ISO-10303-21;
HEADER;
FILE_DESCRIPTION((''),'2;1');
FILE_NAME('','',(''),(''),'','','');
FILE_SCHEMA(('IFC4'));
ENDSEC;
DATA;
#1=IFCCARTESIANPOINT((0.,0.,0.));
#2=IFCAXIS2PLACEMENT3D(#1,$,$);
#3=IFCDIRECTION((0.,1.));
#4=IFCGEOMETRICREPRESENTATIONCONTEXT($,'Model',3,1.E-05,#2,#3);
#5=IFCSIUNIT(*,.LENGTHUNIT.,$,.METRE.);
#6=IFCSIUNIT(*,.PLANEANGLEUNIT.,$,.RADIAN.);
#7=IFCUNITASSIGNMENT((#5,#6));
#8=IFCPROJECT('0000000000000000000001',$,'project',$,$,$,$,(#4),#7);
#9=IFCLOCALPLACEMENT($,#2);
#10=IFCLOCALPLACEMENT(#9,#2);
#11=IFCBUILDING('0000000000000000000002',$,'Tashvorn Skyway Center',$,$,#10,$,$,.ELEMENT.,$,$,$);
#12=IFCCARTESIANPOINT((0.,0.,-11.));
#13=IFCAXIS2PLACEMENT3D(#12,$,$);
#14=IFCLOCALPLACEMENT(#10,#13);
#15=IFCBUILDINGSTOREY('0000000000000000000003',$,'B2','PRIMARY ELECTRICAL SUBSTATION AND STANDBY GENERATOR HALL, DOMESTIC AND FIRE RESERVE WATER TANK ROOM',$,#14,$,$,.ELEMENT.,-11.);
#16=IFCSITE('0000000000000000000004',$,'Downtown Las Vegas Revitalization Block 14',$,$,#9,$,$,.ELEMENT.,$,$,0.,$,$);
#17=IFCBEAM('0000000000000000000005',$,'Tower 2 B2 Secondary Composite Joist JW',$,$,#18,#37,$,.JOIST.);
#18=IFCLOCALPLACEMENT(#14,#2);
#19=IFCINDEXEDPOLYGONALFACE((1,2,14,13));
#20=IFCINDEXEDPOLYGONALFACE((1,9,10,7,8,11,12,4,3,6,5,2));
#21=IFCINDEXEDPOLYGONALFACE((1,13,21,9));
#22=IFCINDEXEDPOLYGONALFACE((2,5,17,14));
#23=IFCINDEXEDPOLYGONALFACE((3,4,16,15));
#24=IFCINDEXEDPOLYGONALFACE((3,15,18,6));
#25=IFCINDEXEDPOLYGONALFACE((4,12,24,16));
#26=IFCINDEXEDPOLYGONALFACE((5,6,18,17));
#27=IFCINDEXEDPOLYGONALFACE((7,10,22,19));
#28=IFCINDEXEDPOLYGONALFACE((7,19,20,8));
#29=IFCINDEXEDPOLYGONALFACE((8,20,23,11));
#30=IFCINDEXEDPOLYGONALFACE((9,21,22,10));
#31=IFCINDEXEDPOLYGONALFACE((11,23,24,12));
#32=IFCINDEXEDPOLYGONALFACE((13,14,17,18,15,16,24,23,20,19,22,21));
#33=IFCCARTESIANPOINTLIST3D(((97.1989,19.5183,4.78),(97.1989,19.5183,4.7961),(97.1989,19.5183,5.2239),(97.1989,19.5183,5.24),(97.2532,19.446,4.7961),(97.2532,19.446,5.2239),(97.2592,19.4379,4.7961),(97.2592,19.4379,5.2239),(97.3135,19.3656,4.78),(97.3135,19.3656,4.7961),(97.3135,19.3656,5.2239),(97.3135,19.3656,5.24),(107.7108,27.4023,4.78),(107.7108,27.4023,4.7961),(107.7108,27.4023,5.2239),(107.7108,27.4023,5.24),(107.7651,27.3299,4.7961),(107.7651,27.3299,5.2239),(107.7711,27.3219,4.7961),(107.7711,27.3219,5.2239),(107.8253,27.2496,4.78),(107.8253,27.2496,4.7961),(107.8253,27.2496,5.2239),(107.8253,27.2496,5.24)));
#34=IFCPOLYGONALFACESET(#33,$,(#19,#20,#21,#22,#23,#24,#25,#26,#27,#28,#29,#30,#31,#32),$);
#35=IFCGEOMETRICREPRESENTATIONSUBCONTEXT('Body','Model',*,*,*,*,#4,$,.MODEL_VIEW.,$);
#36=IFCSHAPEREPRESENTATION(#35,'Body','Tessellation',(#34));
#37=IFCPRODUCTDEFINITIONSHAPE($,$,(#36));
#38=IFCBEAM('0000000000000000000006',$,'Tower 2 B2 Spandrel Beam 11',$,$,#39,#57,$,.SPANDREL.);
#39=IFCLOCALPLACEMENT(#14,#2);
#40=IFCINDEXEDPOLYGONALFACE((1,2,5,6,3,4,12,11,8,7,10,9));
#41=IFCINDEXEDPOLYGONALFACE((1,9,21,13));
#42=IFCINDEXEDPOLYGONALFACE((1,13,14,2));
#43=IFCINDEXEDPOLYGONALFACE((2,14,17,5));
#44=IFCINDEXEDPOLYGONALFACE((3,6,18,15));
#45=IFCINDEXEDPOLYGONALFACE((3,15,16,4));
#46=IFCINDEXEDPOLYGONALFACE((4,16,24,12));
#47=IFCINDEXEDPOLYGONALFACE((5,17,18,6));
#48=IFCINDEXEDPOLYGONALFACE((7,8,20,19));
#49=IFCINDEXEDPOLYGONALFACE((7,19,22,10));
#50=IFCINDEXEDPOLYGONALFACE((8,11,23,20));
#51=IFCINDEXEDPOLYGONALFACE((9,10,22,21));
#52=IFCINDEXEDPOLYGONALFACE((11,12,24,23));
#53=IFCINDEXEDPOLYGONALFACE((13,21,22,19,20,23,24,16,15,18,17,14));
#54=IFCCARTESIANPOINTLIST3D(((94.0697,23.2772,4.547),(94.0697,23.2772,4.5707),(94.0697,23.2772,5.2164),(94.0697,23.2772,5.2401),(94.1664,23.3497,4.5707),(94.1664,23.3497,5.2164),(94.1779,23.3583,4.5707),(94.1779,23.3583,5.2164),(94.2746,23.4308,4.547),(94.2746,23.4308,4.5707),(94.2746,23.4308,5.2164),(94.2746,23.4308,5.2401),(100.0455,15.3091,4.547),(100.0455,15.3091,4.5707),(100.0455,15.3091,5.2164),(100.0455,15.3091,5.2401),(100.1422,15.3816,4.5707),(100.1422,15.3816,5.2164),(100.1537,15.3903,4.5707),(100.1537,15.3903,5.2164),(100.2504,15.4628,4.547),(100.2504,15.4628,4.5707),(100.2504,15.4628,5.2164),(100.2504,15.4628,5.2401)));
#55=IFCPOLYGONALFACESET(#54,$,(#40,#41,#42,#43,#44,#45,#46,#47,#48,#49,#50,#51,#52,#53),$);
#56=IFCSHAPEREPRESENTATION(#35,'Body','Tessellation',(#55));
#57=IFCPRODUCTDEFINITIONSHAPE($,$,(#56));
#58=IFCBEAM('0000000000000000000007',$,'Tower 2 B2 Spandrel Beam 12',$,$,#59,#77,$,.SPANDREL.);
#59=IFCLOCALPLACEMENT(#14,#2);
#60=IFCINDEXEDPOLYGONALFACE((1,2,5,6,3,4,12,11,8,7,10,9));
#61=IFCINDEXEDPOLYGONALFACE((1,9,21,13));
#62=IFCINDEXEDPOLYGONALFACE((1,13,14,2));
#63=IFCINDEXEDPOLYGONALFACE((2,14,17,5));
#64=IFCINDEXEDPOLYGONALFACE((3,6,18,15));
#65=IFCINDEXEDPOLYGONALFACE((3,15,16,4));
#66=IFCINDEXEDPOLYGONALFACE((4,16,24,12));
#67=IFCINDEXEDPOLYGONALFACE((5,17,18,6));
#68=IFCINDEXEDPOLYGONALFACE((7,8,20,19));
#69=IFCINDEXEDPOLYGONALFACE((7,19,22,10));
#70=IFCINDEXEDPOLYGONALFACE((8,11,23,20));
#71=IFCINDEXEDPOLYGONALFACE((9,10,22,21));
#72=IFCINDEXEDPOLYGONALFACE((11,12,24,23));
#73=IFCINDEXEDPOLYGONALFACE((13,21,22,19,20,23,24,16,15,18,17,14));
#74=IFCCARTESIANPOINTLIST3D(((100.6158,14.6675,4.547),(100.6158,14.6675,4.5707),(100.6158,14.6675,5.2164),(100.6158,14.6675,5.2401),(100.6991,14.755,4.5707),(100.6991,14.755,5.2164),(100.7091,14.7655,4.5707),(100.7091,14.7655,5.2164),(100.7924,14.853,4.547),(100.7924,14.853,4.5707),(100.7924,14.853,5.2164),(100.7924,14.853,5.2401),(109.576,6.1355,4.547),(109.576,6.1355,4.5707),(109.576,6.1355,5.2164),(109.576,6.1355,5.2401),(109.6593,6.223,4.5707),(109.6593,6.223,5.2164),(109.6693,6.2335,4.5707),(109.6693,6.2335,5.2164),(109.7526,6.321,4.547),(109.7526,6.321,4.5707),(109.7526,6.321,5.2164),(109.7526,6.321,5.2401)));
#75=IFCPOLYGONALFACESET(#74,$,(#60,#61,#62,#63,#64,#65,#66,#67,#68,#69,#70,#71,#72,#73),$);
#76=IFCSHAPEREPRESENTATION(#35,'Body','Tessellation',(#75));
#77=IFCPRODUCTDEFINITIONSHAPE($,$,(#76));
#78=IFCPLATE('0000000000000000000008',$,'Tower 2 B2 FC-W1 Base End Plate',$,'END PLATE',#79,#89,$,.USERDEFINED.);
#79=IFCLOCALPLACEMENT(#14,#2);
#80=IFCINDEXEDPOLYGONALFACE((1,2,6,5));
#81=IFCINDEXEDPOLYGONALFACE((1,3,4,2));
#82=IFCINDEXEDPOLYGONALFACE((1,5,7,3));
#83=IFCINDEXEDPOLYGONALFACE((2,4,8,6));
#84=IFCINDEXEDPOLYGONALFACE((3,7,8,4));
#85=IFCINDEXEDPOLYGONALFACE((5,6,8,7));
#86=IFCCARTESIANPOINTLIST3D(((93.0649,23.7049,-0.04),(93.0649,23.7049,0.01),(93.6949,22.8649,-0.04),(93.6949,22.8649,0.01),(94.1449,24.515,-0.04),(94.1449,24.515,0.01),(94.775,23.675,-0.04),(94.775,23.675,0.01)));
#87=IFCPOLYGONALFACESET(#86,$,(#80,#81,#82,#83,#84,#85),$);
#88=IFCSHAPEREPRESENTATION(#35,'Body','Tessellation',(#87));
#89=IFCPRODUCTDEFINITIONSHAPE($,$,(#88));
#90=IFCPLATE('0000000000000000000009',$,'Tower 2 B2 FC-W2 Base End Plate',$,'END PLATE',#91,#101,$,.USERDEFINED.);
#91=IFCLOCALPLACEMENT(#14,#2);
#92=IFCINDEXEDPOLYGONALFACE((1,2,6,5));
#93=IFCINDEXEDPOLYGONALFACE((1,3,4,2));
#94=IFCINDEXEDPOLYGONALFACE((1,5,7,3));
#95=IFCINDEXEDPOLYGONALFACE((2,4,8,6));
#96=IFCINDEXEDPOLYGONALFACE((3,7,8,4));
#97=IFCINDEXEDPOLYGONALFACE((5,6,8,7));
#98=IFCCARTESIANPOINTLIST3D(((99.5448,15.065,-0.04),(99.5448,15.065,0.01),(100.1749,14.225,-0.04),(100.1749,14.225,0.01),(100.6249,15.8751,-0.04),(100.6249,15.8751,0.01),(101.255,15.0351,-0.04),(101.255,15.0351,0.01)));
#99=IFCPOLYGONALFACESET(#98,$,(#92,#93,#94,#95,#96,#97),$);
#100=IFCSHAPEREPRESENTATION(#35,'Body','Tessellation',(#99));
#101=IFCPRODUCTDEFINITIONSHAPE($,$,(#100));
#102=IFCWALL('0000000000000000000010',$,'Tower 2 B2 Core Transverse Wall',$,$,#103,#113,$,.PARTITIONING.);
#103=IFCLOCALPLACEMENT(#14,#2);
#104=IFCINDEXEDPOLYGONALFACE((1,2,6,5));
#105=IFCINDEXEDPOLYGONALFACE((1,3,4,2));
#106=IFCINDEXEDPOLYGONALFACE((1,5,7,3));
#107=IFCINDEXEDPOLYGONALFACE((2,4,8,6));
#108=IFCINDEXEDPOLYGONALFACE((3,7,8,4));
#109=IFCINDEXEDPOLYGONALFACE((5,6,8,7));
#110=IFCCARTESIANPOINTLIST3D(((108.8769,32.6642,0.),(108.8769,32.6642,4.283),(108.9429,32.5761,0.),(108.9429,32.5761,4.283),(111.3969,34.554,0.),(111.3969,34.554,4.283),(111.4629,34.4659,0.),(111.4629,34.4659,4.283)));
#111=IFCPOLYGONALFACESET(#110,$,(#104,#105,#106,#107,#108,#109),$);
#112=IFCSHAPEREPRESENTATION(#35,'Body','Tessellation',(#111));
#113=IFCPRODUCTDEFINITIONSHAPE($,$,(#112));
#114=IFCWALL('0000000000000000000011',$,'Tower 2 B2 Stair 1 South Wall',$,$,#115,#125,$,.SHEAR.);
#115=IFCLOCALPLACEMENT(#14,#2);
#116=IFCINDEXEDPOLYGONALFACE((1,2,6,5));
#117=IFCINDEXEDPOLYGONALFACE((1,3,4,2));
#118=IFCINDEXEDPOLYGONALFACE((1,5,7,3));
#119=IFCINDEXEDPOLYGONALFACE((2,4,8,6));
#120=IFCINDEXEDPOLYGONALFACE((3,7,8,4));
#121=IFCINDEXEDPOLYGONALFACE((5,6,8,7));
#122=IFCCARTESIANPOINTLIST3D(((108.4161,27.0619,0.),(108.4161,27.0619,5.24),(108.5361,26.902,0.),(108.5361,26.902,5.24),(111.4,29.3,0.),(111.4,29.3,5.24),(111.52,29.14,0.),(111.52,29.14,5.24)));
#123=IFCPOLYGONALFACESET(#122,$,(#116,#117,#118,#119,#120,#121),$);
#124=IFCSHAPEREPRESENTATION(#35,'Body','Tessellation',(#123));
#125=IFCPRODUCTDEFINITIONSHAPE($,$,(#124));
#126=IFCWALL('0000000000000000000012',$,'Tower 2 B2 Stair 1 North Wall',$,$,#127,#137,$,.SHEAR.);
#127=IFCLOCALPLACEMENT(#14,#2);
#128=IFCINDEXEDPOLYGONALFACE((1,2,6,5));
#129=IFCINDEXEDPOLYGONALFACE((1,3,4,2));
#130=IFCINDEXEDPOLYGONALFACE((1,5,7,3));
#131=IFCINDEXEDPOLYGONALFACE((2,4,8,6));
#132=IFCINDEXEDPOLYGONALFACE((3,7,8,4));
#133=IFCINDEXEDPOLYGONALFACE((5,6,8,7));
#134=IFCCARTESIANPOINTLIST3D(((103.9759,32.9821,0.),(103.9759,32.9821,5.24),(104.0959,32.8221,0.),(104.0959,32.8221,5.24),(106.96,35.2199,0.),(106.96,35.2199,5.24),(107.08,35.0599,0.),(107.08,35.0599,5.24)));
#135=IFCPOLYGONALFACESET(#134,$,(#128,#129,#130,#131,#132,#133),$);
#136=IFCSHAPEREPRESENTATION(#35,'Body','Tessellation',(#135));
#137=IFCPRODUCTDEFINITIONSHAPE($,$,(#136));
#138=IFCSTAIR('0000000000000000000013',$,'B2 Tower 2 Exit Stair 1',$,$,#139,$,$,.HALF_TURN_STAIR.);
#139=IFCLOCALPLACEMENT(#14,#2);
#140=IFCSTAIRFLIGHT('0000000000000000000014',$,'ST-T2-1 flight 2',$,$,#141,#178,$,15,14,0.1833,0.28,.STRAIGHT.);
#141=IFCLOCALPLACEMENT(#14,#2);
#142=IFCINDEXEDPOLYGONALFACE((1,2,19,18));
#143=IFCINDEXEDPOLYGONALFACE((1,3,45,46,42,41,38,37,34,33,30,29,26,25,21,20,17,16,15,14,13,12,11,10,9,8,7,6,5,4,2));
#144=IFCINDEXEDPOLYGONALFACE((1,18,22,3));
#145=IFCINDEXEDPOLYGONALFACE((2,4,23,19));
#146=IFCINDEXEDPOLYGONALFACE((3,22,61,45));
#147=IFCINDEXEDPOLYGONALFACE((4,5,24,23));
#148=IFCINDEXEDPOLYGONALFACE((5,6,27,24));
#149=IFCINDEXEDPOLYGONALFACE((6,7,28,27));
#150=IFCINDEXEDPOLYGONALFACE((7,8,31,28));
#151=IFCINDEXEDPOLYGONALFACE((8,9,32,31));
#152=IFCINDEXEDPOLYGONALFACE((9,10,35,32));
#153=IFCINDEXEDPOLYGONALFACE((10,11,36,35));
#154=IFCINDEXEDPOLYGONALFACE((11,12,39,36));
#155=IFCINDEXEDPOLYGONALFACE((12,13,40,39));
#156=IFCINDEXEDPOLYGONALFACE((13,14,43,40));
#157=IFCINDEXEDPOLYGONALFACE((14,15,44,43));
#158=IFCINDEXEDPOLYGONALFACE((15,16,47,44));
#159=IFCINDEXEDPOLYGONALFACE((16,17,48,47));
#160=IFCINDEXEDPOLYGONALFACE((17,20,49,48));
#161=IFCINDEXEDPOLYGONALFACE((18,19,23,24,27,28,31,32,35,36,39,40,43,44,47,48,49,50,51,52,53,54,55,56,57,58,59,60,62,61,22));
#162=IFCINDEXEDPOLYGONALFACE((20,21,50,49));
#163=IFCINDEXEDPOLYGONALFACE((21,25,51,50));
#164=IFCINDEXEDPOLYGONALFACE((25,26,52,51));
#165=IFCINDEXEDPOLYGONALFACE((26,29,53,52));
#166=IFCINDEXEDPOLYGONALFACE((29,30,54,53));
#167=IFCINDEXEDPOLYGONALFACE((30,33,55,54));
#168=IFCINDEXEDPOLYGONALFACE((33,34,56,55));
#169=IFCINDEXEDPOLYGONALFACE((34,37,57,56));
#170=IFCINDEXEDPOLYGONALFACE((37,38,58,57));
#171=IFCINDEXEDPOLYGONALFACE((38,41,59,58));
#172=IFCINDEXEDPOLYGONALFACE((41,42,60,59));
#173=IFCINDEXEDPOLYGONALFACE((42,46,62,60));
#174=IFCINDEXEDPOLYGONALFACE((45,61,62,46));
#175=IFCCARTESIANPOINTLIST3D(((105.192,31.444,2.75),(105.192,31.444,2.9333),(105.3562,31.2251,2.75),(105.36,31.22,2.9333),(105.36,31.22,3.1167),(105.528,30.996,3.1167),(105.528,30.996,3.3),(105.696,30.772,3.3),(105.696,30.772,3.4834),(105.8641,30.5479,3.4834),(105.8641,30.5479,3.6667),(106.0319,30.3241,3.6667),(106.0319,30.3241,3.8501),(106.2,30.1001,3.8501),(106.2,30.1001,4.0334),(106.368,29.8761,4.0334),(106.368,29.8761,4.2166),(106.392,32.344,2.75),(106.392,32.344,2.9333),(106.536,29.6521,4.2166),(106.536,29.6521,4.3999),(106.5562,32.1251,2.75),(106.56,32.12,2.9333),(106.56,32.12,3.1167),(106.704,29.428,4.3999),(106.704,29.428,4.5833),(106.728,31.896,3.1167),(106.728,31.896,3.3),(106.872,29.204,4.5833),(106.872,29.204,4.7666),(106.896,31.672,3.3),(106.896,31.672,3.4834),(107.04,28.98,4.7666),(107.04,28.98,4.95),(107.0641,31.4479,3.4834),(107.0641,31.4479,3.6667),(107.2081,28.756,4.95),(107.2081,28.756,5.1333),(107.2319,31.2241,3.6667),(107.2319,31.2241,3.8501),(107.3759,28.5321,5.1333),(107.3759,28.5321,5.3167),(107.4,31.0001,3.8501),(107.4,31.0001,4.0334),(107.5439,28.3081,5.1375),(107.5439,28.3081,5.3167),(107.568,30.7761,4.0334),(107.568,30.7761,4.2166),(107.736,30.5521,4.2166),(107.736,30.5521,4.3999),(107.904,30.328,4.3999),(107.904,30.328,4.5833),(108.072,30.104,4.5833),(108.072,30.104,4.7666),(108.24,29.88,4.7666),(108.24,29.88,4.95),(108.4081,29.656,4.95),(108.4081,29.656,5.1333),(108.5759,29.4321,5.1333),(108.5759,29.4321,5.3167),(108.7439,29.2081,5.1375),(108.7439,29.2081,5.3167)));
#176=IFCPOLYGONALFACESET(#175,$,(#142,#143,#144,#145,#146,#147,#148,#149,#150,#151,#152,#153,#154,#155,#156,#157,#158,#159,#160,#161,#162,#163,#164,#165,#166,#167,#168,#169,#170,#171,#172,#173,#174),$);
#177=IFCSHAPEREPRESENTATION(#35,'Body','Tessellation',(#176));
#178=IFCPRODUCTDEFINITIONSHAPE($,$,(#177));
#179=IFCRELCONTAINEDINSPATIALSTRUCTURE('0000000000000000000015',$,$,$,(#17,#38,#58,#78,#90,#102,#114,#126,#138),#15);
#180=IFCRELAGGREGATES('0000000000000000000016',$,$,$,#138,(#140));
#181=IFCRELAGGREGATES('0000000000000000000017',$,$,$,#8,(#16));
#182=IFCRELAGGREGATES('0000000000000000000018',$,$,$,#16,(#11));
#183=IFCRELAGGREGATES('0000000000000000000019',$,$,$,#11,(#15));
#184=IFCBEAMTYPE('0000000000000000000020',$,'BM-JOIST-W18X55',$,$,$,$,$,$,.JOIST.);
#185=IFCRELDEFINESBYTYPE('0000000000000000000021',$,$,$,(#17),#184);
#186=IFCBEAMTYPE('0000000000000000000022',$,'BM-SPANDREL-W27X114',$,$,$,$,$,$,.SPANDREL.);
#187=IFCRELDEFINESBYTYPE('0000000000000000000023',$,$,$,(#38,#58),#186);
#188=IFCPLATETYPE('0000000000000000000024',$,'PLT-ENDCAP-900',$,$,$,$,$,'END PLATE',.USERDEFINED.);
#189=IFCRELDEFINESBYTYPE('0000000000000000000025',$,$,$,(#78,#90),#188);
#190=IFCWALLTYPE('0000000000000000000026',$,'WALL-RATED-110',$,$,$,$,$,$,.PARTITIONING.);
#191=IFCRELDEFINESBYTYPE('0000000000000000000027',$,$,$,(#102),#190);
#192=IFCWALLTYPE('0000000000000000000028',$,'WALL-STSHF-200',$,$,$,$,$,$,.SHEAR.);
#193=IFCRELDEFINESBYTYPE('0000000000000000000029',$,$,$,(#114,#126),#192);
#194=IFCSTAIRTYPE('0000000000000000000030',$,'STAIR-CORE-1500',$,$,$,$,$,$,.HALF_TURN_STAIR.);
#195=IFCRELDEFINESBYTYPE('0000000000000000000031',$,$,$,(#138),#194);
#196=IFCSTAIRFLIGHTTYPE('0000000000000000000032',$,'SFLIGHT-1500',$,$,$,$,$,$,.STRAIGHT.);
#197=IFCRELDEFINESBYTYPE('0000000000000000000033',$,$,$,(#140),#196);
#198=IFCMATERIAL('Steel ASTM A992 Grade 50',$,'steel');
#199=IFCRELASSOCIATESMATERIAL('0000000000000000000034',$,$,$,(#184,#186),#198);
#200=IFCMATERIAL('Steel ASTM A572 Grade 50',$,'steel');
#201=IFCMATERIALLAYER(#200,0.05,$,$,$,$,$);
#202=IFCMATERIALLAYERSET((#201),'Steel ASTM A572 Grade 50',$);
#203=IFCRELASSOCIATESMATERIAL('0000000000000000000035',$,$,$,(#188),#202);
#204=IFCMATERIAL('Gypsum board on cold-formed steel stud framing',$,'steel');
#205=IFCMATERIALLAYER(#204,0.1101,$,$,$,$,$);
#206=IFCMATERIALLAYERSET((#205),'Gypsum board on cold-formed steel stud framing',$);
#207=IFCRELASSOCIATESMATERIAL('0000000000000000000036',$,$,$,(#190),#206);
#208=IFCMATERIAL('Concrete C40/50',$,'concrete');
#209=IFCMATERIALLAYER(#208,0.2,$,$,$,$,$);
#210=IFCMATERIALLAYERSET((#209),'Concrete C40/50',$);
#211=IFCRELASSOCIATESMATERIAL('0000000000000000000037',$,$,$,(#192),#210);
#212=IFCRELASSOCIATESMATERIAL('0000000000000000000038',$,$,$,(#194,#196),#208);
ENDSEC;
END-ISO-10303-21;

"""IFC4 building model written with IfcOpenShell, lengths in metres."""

from ifc_helpers import new_model, si_unit, direction, frame, frame_2d, origin, origin_2d, place, context, subcontext, project, spatial, polyline, rectangle, i_section, outline, extrude, material, layer, layer_set, material_profile, profile_set, type_object, element, aggregate, save


model = new_model("IFC4")

# Units and contexts
model_context = context("Model", 3, precision=1e-05, world=origin(), true_north=direction((0.0, 1.0)))
body_context = subcontext(model_context, "Body", "Model", "MODEL_VIEW")
ifc_project = project(units=[si_unit("LENGTHUNIT", "METRE"), si_unit("PLANEANGLEUNIT", "RADIAN")], contexts=[model_context])

# Site, building, storey
site_placement = place(None, origin())
site = spatial("IfcSite", under=ifc_project, at=site_placement, Name="Downtown Las Vegas Revitalization Block 14", CompositionType="ELEMENT", RefElevation=0.0)
building_placement = place(site_placement, origin())
building = spatial("IfcBuilding", under=site, at=building_placement, Name="Tashvorn Skyway Center", CompositionType="ELEMENT")
storey_placement = place(building_placement, frame((0.0, 0.0, -11.0)))
storey = spatial("IfcBuildingStorey", under=building, at=storey_placement, Name="B2", Description="PRIMARY ELECTRICAL SUBSTATION AND STANDBY GENERATOR HALL, DOMESTIC AND FIRE RESERVE WATER TANK ROOM", CompositionType="ELEMENT", Elevation=-11.0)

# Shared definitions
ifc_material_1 = material(Name="Steel ASTM A572 Grade 50", Category="steel")

# Beams
ifc_material_2 = material(Name="Steel ASTM A992 Grade 50", Category="steel")
ifc_material_profile_1 = material_profile(ifc_material_2, i_section(OverallWidth=0.1909, OverallDepth=0.46, WebThickness=0.01, FlangeThickness=0.0161, at=origin_2d()), Name="W18X55")
ifc_profile_set_1 = profile_set([ifc_material_profile_1], Name="Steel ASTM A992 Grade 50")
beam_type_1 = type_object("IfcBeamType", Name="BM-JOIST-W18X55", PredefinedType="JOIST", material=ifc_profile_set_1)
beam_1_placement = place(storey_placement, frame((107.7681, 27.3259, 5.01), z_axis=(-0.799998, -0.600003, 0.0), x_axis=(0.600003, -0.799998, 0.0)))
element("IfcBeam", 1, at=beam_1_placement, inside=storey, type_object=beam_type_1, Name="Tower 2 B2 Secondary Composite Joist JW", PredefinedType="JOIST", context=body_context, shape_type="SweptSolid", body=[
    extrude(i_section(OverallWidth=0.1909, OverallDepth=0.46, WebThickness=0.01, FlangeThickness=0.0161, at=origin_2d()), origin(), (0.0, 0.0, 1.0), 13.1399),
])
ifc_material_profile_2 = material_profile(ifc_material_2, i_section(OverallWidth=0.2561, OverallDepth=0.6931, WebThickness=0.0144, FlangeThickness=0.0237, at=origin_2d()), Name="W27X114")
ifc_profile_set_2 = profile_set([ifc_material_profile_2], Name="Steel ASTM A992 Grade 50")
beam_type_2 = type_object("IfcBeamType", Name="BM-SPANDREL-W27X114", PredefinedType="SPANDREL", material=ifc_profile_set_2)
beam_2_placement = place(storey_placement, frame((94.1721, 23.354, 4.8936), z_axis=(0.599988, -0.800009, 0.0), x_axis=(0.800009, 0.599988, 0.0)))
element("IfcBeam", 2, at=beam_2_placement, inside=storey, type_object=beam_type_2, Name="Tower 2 B2 Spandrel Beam 11", PredefinedType="SPANDREL", context=body_context, shape_type="SweptSolid", body=[
    extrude(i_section(OverallWidth=0.2561, OverallDepth=0.6931, WebThickness=0.0144, FlangeThickness=0.0237, at=origin_2d()), origin(), (0.0, 0.0, 1.0), 9.96),
])
beam_3_placement = place(storey_placement, frame((100.7041, 14.7603, 4.8936), z_axis=(0.7242, -0.68959, 0.0), x_axis=(0.68959, 0.7242, 0.0)))
element("IfcBeam", 3, at=beam_3_placement, inside=storey, type_object=beam_type_2, Name="Tower 2 B2 Spandrel Beam 12", PredefinedType="SPANDREL", context=body_context, shape_type="SweptSolid", body=[
    extrude(i_section(OverallWidth=0.2561, OverallDepth=0.6931, WebThickness=0.0144, FlangeThickness=0.0237, at=origin_2d()), origin(), (0.0, 0.0, 1.0), 12.3726),
])

# Plates
ifc_layer_1 = layer(ifc_material_1, 0.05)
ifc_layer_set_1 = layer_set([ifc_layer_1], Name="Steel ASTM A572 Grade 50")
plate_type = type_object("IfcPlateType", Name="PLT-ENDCAP-900", ElementType="END PLATE", PredefinedType="USERDEFINED", material=ifc_layer_set_1)
for number, where, z_axis, x_axis, name in (
    (4, (93.9199, 23.6899, -0.04), (0.0, 0.0, 1.0), (0.8, 0.6, 0.0), "Tower 2 B2 FC-W1 Base End Plate"),
    (5, (100.3999, 15.05, -0.04), (0.0, 0.0, 1.0), (0.8, 0.6, 0.0), "Tower 2 B2 FC-W2 Base End Plate"),
):
    element("IfcPlate", number, at=place(storey_placement, frame(where, z_axis=z_axis, x_axis=x_axis)), inside=storey, type_object=plate_type, Name=name, ObjectType="END PLATE", PredefinedType="USERDEFINED", context=body_context, shape_type="SweptSolid", body=[
        extrude(rectangle(XDim=1.3501, YDim=1.05, at=origin_2d()), origin(), (0.0, 0.0, 1.0), 0.05),
    ])

# Walls
ifc_material_3 = material(Name="Gypsum board on cold-formed steel stud framing", Category="steel")
ifc_layer_2 = layer(ifc_material_3, 0.1101)
ifc_layer_set_2 = layer_set([ifc_layer_2], Name="Gypsum board on cold-formed steel stud framing")
wall_type_1 = type_object("IfcWallType", Name="WALL-RATED-110", PredefinedType="PARTITIONING", material=ifc_layer_set_2)
wall_placement = place(storey_placement, frame((108.9099, 32.6201, 0.0), z_axis=(0.0, 0.0, 1.0), x_axis=(0.800019, 0.599975, 0.0)))
element("IfcWall", 6, at=wall_placement, inside=storey, type_object=wall_type_1, Name="Tower 2 B2 Core Transverse Wall", PredefinedType="PARTITIONING", context=body_context, shape_type="SweptSolid", body=[
    extrude(rectangle(XDim=3.1499, YDim=0.1101, at=frame_2d((1.575, 0.0))), origin(), (0.0, 0.0, 1.0), 4.283),
])
ifc_material_4 = material(Name="Concrete C40/50", Category="concrete")
ifc_layer_3 = layer(ifc_material_4, 0.2)
ifc_layer_set_3 = layer_set([ifc_layer_3], Name="Concrete C40/50")
wall_type_2 = type_object("IfcWallType", Name="WALL-STSHF-200", PredefinedType="SHEAR", material=ifc_layer_set_3)
for number, where, z_axis, x_axis, name in (
    (7, (108.4761, 26.9819, 0.0), (0.0, 0.0, 1.0), (0.799984, 0.600021, 0.0), "Tower 2 B2 Stair 1 South Wall"),
    (8, (104.0359, 32.9021, 0.0), (0.0, 0.0, 1.0), (0.800039, 0.599948, 0.0), "Tower 2 B2 Stair 1 North Wall"),
):
    element("IfcWall", number, at=place(storey_placement, frame(where, z_axis=z_axis, x_axis=x_axis)), inside=storey, type_object=wall_type_2, Name=name, PredefinedType="SHEAR", context=body_context, shape_type="SweptSolid", body=[
        extrude(rectangle(XDim=3.73, YDim=0.2, at=frame_2d((1.865, 0.0))), origin(), (0.0, 0.0, 1.0), 5.24),
    ])

# Stair, stair flight
stair_type = type_object("IfcStairType", Name="STAIR-CORE-1500", PredefinedType="HALF_TURN_STAIR", material=ifc_material_4)
stair_placement = place(storey_placement, origin())
stair = element("IfcStair", 9, at=stair_placement, inside=storey, type_object=stair_type, Name="B2 Tower 2 Exit Stair 1", PredefinedType="HALF_TURN_STAIR")
stair_flight_type = type_object("IfcStairFlightType", Name="SFLIGHT-1500", PredefinedType="STRAIGHT", material=ifc_material_4)
stair_flight_placement = place(storey_placement, frame((105.792, 31.894, 2.75), z_axis=(0.0, 0.0, 1.0), x_axis=(0.6, -0.8, 0.0)))
stair_flight = element("IfcStairFlight", 10, at=stair_flight_placement, type_object=stair_flight_type, Name="ST-T2-1 flight 2", NumberOfRisers=15, NumberOfTreads=14, PredefinedType="STRAIGHT", RiserHeight=0.1833, TreadLength=0.28, context=body_context, shape_type="SweptSolid", body=[
    extrude(outline(polyline([(0.0, 0.0), (0.0, 0.1833), (0.28, 0.1833), (0.28, 0.3667), (0.5601, 0.3667), (0.5601, 0.55), (0.8401, 0.55), (0.8401, 0.7334), (1.1201, 0.7334), (1.1201, 0.9167), (1.3999, 0.9167), (1.3999, 1.1001), (1.6799, 1.1001), (1.6799, 1.2834), (1.96, 1.2834), (1.96, 1.4666), (2.24, 1.4666), (2.24, 1.6499), (2.52, 1.6499), (2.52, 1.8333), (2.8, 1.8333), (2.8, 2.0166), (3.0801, 2.0166), (3.0801, 2.2), (3.3601, 2.2), (3.3601, 2.3833), (3.6399, 2.3833), (3.6399, 2.5667), (3.9199, 2.5667), (3.9199, 2.75), (3.9199, 2.3875), (0.2737, 0.0), (0.0, 0.0)])), frame((0.0, 0.75, 0.0), z_axis=(0.0, -1.0, 0.0), x_axis=(1.0, 0.0, 0.0)), (0.0, 0.0, 1.0), 1.5),
])
aggregate(stair, [stair_flight])

save(model, "model.ifc")
